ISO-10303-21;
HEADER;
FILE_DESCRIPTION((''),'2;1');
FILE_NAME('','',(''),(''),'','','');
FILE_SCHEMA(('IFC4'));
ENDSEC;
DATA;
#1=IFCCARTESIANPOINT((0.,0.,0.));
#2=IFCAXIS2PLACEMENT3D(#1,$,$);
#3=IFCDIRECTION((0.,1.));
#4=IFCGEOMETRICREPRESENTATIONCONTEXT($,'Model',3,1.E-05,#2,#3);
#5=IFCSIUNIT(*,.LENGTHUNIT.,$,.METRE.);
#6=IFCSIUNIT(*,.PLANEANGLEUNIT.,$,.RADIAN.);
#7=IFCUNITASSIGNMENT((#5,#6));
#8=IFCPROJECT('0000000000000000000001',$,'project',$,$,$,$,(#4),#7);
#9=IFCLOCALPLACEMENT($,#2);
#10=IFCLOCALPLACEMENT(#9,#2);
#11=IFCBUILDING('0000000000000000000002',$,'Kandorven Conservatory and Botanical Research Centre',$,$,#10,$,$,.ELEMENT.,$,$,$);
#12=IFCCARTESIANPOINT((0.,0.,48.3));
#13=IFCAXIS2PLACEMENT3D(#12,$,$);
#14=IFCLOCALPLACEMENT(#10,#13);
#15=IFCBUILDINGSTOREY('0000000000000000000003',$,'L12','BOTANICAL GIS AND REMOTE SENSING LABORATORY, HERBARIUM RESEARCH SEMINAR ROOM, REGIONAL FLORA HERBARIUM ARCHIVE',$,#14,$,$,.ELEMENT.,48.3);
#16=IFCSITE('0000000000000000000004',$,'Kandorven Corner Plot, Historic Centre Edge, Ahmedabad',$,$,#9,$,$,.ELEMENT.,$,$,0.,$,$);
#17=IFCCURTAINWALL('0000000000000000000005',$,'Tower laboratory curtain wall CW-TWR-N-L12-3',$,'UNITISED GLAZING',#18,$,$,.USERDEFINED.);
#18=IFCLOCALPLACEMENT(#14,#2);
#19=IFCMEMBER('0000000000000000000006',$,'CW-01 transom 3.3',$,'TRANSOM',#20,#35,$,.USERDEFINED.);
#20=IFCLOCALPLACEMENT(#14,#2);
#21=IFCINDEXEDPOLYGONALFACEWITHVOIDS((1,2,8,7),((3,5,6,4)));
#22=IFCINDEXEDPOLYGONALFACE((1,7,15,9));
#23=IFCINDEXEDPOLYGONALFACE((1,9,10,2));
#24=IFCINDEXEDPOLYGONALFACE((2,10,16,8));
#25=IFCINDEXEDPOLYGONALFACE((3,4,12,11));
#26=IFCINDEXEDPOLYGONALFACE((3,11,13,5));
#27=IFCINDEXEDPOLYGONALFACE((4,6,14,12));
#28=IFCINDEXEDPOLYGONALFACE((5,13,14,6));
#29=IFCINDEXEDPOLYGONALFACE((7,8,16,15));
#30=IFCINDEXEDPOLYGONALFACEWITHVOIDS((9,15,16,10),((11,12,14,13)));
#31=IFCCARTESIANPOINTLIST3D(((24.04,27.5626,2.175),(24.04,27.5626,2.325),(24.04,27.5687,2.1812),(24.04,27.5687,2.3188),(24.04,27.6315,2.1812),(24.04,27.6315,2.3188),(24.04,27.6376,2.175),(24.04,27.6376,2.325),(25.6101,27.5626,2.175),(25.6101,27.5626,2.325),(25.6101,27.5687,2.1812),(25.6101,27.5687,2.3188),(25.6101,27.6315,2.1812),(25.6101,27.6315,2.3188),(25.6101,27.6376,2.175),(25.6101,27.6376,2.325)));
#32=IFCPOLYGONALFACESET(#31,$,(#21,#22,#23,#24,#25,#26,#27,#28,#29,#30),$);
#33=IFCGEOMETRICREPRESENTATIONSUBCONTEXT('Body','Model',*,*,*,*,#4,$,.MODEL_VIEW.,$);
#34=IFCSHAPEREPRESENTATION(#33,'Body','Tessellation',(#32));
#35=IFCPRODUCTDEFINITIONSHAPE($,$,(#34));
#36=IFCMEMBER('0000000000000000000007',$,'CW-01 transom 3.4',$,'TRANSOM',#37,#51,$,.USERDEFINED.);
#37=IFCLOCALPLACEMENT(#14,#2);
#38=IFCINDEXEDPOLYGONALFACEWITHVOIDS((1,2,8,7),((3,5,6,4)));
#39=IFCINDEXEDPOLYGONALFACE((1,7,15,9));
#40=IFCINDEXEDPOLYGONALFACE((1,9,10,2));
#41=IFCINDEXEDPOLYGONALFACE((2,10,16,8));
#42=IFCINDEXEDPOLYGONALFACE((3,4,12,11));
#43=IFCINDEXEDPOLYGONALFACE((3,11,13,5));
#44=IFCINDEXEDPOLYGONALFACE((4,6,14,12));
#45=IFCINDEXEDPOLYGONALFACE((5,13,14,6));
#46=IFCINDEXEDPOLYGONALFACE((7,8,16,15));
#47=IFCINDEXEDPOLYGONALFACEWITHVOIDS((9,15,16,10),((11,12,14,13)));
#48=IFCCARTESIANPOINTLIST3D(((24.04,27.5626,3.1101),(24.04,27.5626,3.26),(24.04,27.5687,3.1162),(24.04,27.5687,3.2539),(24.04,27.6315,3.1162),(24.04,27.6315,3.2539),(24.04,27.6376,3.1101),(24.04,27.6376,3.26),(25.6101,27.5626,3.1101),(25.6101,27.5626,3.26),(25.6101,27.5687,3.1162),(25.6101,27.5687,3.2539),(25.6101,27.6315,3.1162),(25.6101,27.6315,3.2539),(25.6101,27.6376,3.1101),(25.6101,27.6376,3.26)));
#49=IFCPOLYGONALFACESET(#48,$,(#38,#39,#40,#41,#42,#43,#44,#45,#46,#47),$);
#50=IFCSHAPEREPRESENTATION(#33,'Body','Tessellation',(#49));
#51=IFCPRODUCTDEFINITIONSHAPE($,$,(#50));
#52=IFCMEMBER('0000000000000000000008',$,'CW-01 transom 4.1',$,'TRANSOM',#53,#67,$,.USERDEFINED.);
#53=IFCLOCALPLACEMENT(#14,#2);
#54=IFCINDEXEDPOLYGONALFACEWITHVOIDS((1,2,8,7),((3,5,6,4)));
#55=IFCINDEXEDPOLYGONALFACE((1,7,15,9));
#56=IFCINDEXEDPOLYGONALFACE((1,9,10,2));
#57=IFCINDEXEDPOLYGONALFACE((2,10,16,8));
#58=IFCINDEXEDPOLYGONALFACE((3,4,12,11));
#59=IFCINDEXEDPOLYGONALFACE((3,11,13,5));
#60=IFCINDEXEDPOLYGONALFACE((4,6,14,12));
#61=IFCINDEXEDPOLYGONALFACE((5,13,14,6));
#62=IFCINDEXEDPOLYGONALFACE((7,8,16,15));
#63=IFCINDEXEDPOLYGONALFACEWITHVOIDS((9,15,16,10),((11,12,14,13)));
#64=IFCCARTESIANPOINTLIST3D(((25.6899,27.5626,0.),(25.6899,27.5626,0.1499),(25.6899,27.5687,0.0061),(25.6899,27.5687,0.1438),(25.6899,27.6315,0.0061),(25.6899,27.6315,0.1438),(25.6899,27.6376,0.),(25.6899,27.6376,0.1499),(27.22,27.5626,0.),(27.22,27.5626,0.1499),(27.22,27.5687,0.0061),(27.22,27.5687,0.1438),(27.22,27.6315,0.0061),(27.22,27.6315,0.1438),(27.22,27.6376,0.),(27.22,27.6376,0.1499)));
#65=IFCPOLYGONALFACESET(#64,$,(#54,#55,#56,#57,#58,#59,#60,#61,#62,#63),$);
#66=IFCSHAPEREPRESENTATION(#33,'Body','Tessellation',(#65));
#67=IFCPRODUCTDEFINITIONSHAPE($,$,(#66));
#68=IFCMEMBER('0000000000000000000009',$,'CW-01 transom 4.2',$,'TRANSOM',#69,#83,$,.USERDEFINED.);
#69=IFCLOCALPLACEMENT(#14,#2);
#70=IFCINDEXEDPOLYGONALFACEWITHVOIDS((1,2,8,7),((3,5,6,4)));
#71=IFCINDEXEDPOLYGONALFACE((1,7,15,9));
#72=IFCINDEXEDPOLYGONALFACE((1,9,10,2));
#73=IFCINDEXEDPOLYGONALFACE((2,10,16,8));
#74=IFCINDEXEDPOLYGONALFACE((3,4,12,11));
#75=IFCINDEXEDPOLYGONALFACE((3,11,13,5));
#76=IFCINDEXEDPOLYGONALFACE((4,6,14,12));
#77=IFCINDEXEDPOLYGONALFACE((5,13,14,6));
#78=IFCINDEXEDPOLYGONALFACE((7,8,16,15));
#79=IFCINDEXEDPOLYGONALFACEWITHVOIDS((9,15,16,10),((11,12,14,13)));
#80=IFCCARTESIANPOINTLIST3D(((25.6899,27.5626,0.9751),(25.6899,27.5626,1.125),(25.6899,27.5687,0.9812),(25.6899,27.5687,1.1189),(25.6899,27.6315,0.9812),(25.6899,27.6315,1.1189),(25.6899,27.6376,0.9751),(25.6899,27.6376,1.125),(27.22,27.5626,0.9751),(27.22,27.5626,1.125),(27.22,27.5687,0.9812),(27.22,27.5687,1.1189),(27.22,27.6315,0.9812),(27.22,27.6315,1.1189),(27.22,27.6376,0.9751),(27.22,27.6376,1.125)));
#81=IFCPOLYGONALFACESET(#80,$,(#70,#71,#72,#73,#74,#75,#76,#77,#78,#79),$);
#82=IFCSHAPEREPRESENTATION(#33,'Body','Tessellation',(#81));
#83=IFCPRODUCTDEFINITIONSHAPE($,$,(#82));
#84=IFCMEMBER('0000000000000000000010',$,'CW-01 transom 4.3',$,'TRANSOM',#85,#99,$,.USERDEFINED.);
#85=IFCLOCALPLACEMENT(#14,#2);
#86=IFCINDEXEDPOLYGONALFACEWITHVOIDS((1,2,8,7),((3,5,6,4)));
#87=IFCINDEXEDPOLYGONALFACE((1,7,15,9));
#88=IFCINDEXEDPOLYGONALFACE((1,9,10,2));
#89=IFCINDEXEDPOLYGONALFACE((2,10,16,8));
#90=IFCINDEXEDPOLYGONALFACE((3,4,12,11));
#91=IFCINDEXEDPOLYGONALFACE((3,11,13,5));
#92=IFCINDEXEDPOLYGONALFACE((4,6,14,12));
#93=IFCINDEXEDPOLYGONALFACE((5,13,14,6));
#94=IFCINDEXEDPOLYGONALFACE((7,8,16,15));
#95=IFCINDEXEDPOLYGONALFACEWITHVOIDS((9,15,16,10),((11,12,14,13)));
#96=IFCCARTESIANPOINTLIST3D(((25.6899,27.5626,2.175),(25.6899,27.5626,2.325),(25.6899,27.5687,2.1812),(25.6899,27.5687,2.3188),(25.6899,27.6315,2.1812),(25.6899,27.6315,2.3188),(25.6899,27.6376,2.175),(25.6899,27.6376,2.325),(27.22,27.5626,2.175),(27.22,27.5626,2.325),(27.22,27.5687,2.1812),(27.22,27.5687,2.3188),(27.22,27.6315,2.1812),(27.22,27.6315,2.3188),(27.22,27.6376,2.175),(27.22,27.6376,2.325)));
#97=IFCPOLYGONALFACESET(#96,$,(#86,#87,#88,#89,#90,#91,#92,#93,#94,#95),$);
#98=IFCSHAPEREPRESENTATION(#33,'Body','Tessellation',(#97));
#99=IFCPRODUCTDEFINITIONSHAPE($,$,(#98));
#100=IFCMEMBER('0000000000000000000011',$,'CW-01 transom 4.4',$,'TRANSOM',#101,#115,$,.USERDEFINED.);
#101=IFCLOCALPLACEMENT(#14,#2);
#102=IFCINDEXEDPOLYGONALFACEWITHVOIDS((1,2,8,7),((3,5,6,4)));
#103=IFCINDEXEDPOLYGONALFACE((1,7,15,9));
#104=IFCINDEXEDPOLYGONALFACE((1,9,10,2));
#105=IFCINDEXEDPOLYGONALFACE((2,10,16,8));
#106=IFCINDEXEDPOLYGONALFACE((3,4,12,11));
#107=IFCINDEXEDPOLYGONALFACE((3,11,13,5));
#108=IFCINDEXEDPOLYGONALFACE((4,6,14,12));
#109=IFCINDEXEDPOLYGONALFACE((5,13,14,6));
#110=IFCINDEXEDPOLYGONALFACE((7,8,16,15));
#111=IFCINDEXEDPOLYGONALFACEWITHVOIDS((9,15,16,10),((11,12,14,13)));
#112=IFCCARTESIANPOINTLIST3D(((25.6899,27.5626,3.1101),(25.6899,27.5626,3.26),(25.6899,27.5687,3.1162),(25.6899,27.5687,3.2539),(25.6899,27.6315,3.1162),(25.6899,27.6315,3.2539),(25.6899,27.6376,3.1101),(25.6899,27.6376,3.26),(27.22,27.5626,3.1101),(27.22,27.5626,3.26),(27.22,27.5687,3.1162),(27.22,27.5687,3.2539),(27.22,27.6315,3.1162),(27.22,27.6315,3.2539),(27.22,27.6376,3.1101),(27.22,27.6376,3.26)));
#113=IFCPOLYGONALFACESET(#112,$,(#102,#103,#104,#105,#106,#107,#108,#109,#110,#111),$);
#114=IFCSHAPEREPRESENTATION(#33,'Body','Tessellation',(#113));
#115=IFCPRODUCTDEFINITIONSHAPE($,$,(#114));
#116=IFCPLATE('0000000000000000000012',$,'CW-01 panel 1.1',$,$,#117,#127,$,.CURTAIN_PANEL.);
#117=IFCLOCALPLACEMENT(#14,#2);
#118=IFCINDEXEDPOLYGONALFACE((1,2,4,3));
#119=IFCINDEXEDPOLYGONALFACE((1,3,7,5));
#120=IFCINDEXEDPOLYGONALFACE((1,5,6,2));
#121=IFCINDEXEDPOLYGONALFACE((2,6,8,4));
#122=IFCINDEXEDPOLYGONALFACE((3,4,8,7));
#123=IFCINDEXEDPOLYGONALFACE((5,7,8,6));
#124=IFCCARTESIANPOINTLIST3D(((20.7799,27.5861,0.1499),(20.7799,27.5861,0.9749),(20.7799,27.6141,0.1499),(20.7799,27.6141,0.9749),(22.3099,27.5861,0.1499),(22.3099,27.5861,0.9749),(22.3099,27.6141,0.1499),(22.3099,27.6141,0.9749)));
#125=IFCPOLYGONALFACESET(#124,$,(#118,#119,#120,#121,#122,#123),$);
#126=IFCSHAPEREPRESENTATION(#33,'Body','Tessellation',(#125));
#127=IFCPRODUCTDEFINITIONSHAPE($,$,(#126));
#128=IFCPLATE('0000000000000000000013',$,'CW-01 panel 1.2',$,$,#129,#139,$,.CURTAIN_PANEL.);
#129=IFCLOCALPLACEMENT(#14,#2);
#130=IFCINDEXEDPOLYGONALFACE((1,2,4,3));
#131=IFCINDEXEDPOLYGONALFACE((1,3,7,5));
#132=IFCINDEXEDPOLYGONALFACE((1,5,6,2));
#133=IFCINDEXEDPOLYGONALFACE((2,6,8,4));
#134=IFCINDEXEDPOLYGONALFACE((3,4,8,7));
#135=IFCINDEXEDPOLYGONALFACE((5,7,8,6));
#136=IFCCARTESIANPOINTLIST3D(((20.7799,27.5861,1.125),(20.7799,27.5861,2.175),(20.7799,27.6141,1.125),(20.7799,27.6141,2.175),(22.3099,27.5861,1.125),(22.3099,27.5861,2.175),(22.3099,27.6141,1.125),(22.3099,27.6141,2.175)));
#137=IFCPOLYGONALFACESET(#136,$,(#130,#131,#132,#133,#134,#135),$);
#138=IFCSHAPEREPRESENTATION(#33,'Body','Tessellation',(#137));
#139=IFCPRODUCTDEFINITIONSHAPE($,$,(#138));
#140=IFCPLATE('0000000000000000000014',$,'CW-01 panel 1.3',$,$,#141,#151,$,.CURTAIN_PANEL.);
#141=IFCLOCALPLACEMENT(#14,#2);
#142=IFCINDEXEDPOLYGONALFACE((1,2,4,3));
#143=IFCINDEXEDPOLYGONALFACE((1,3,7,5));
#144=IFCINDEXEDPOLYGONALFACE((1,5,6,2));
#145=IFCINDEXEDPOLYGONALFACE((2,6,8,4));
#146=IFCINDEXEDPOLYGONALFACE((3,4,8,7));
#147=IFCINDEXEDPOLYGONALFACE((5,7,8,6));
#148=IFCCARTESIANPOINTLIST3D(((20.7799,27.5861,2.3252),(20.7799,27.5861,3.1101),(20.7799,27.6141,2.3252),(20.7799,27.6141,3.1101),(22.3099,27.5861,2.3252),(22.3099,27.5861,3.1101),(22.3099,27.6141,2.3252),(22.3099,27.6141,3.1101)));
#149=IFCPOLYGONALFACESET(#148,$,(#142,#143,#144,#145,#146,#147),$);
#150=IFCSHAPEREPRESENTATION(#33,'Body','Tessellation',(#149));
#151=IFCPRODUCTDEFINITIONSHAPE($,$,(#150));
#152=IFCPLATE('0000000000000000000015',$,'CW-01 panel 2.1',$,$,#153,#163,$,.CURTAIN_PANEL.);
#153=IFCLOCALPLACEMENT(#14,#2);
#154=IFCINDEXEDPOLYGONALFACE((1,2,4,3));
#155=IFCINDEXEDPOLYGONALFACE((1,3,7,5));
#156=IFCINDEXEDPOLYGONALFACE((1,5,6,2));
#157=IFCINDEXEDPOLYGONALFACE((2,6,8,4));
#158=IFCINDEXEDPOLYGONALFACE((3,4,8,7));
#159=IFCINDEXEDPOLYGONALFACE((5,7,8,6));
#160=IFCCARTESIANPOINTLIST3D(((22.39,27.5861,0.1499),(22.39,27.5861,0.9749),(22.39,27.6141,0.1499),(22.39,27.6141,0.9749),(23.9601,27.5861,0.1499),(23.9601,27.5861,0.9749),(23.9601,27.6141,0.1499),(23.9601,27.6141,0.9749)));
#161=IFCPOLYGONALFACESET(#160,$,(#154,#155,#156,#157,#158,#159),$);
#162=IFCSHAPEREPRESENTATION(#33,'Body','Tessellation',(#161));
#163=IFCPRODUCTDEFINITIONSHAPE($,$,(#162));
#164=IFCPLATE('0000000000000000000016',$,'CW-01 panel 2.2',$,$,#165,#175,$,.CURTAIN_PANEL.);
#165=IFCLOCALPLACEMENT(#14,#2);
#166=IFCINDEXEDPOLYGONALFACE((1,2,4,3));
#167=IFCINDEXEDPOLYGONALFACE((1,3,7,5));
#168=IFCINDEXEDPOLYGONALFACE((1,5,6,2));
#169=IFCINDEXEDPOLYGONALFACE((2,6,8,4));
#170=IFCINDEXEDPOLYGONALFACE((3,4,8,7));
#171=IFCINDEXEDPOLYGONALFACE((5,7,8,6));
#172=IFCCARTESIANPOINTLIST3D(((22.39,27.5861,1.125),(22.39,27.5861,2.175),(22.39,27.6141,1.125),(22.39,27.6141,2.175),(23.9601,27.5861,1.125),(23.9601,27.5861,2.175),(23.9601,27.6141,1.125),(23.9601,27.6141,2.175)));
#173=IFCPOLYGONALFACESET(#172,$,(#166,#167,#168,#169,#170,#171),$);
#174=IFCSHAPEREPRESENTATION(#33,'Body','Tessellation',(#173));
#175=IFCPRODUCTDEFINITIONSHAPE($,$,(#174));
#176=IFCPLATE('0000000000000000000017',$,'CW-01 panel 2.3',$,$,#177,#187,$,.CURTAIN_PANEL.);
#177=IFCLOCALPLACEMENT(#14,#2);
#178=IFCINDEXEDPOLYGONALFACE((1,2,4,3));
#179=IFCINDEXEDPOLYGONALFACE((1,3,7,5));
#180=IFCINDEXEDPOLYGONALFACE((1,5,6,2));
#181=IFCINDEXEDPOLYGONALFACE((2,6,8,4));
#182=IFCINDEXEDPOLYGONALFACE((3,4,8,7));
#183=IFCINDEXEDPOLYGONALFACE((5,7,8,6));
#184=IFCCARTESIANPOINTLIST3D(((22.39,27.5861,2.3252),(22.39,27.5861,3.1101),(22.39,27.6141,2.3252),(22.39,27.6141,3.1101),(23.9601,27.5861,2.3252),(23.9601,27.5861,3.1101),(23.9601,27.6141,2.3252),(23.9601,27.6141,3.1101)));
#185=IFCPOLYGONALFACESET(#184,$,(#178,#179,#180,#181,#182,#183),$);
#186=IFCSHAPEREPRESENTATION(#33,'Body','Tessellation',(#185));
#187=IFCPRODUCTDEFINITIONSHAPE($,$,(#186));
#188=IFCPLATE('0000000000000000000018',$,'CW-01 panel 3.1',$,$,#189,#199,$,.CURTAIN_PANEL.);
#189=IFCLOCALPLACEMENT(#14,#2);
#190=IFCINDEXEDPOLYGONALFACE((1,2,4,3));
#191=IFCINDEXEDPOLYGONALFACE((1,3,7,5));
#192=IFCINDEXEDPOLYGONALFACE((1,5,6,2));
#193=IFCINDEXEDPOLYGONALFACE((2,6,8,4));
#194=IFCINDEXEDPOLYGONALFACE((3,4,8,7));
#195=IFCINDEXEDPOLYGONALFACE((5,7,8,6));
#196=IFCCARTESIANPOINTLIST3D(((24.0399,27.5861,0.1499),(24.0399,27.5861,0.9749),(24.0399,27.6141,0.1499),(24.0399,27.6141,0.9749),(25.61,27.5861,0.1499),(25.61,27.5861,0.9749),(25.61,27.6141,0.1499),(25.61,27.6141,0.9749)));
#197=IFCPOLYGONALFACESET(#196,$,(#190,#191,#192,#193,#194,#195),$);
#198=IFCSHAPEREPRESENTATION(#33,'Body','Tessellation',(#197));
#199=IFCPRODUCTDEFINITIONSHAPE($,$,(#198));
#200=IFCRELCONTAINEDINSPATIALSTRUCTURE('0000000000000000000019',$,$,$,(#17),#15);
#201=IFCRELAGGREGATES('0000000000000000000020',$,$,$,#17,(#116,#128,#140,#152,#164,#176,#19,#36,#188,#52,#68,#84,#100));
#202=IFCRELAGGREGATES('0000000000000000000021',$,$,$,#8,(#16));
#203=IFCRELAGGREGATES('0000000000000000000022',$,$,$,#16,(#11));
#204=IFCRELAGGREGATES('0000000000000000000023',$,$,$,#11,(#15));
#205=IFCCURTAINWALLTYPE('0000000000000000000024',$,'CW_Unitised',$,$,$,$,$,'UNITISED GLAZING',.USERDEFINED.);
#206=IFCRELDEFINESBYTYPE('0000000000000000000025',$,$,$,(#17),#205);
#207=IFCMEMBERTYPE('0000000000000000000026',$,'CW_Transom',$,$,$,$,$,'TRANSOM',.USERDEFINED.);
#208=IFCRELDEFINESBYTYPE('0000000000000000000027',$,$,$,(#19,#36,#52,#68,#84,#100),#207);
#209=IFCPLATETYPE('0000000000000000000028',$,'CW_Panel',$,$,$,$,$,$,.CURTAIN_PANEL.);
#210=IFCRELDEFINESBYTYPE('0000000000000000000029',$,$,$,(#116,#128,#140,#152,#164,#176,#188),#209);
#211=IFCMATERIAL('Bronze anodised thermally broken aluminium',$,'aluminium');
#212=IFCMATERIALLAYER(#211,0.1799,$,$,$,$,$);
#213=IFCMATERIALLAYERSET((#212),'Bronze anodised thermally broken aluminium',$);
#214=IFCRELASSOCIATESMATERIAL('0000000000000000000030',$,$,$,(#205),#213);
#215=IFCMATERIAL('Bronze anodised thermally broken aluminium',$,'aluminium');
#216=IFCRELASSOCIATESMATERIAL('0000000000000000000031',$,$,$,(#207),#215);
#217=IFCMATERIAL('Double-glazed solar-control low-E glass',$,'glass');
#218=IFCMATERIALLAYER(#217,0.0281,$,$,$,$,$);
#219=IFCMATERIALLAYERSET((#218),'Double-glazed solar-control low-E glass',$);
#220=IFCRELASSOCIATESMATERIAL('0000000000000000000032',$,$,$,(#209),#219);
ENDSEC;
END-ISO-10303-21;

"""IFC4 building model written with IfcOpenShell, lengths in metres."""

from ifc_helpers import new_model, si_unit, direction, frame, origin, origin_2d, place, context, subcontext, project, spatial, rectangle, hollow_rectangle, extrude, material, layer, layer_set, material_profile, profile_set, type_object, element, aggregate, save


model = new_model("IFC4")

# Units and contexts
model_context = context("Model", 3, precision=1e-05, world=origin(), true_north=direction((0.0, 1.0)))
body_context = subcontext(model_context, "Body", "Model", "MODEL_VIEW")
ifc_project = project(units=[si_unit("LENGTHUNIT", "METRE"), si_unit("PLANEANGLEUNIT", "RADIAN")], contexts=[model_context])

# Site, building, storey
site_placement = place(None, origin())
site = spatial("IfcSite", under=ifc_project, at=site_placement, Name="Kandorven Corner Plot, Historic Centre Edge, Ahmedabad", CompositionType="ELEMENT", RefElevation=0.0)
building_placement = place(site_placement, origin())
building = spatial("IfcBuilding", under=site, at=building_placement, Name="Kandorven Conservatory and Botanical Research Centre", CompositionType="ELEMENT")
storey_placement = place(building_placement, frame((0.0, 0.0, 48.3)))
storey = spatial("IfcBuildingStorey", under=building, at=storey_placement, Name="L12", Description="BOTANICAL GIS AND REMOTE SENSING LABORATORY, HERBARIUM RESEARCH SEMINAR ROOM, REGIONAL FLORA HERBARIUM ARCHIVE", CompositionType="ELEMENT", Elevation=48.3)

# Curtain wall, members, plates
ifc_material_1 = material(Name="Bronze anodised thermally broken aluminium", Category="aluminium")
ifc_layer_1 = layer(ifc_material_1, 0.1799)
ifc_layer_set_1 = layer_set([ifc_layer_1], Name="Bronze anodised thermally broken aluminium")
curtain_wall_type = type_object("IfcCurtainWallType", Name="CW_Unitised", ElementType="UNITISED GLAZING", PredefinedType="USERDEFINED", material=ifc_layer_set_1)
curtain_wall_placement = place(storey_placement, origin())
curtain_wall = element("IfcCurtainWall", 1, at=curtain_wall_placement, inside=storey, type_object=curtain_wall_type, Name="Tower laboratory curtain wall CW-TWR-N-L12-3", ObjectType="UNITISED GLAZING", PredefinedType="USERDEFINED")
ifc_material_2 = material(Name="Bronze anodised thermally broken aluminium", Category="aluminium")
ifc_material_profile_1 = material_profile(ifc_material_2, hollow_rectangle(XDim=0.075, YDim=0.1499, WallThickness=0.0061, at=origin_2d()))
ifc_profile_set_1 = profile_set([ifc_material_profile_1], Name="Bronze anodised thermally broken aluminium")
member_type_1 = type_object("IfcMemberType", Name="CW_Transom", ElementType="TRANSOM", PredefinedType="USERDEFINED", material=ifc_profile_set_1)
member_1_placement = place(storey_placement, frame((24.04, 27.6001, 2.25), z_axis=(1.0, 0.0, 0.0), x_axis=(0.0, 1.0, 0.0)))
member_1 = element("IfcMember", 2, at=member_1_placement, type_object=member_type_1, Name="CW-01 transom 3.3", ObjectType="TRANSOM", PredefinedType="USERDEFINED", context=body_context, shape_type="SweptSolid", body=[
    extrude(hollow_rectangle(XDim=0.075, YDim=0.1499, WallThickness=0.0061, at=origin_2d()), origin(), (0.0, 0.0, 1.0), 1.5701),
])
member_2_placement = place(storey_placement, frame((24.04, 27.6001, 3.1851), z_axis=(1.0, 0.0, 0.0), x_axis=(0.0, 1.0, 0.0)))
member_2 = element("IfcMember", 3, at=member_2_placement, type_object=member_type_1, Name="CW-01 transom 3.4", ObjectType="TRANSOM", PredefinedType="USERDEFINED", context=body_context, shape_type="SweptSolid", body=[
    extrude(hollow_rectangle(XDim=0.075, YDim=0.1499, WallThickness=0.0061, at=origin_2d()), origin(), (0.0, 0.0, 1.0), 1.5701),
])
member_3_placement = place(storey_placement, frame((25.6899, 27.6001, 0.075), z_axis=(1.0, 0.0, 0.0), x_axis=(0.0, 1.0, 0.0)))
member_3 = element("IfcMember", 4, at=member_3_placement, type_object=member_type_1, Name="CW-01 transom 4.1", ObjectType="TRANSOM", PredefinedType="USERDEFINED", context=body_context, shape_type="SweptSolid", body=[
    extrude(hollow_rectangle(XDim=0.075, YDim=0.1499, WallThickness=0.0061, at=origin_2d()), origin(), (0.0, 0.0, 1.0), 1.53),
])
member_4_placement = place(storey_placement, frame((25.6899, 27.6001, 1.05), z_axis=(1.0, 0.0, 0.0), x_axis=(0.0, 1.0, 0.0)))
member_4 = element("IfcMember", 5, at=member_4_placement, type_object=member_type_1, Name="CW-01 transom 4.2", ObjectType="TRANSOM", PredefinedType="USERDEFINED", context=body_context, shape_type="SweptSolid", body=[
    extrude(hollow_rectangle(XDim=0.075, YDim=0.1499, WallThickness=0.0061, at=origin_2d()), origin(), (0.0, 0.0, 1.0), 1.53),
])
member_5_placement = place(storey_placement, frame((25.6899, 27.6001, 2.25), z_axis=(1.0, 0.0, 0.0), x_axis=(0.0, 1.0, 0.0)))
member_5 = element("IfcMember", 6, at=member_5_placement, type_object=member_type_1, Name="CW-01 transom 4.3", ObjectType="TRANSOM", PredefinedType="USERDEFINED", context=body_context, shape_type="SweptSolid", body=[
    extrude(hollow_rectangle(XDim=0.075, YDim=0.1499, WallThickness=0.0061, at=origin_2d()), origin(), (0.0, 0.0, 1.0), 1.53),
])
member_6_placement = place(storey_placement, frame((25.6899, 27.6001, 3.1851), z_axis=(1.0, 0.0, 0.0), x_axis=(0.0, 1.0, 0.0)))
member_6 = element("IfcMember", 7, at=member_6_placement, type_object=member_type_1, Name="CW-01 transom 4.4", ObjectType="TRANSOM", PredefinedType="USERDEFINED", context=body_context, shape_type="SweptSolid", body=[
    extrude(hollow_rectangle(XDim=0.075, YDim=0.1499, WallThickness=0.0061, at=origin_2d()), origin(), (0.0, 0.0, 1.0), 1.53),
])
ifc_material_3 = material(Name="Double-glazed solar-control low-E glass", Category="glass")
ifc_layer_2 = layer(ifc_material_3, 0.0281)
ifc_layer_set_2 = layer_set([ifc_layer_2], Name="Double-glazed solar-control low-E glass")
plate_type = type_object("IfcPlateType", Name="CW_Panel", PredefinedType="CURTAIN_PANEL", material=ifc_layer_set_2)
plate_1_placement = place(storey_placement, frame((21.5449, 27.6001, 0.1499), z_axis=(0.0, 0.0, 1.0), x_axis=(1.0, 0.0, 0.0)))
plate_1 = element("IfcPlate", 8, at=plate_1_placement, type_object=plate_type, Name="CW-01 panel 1.1", PredefinedType="CURTAIN_PANEL", context=body_context, shape_type="SweptSolid", body=[
    extrude(rectangle(XDim=1.53, YDim=0.0281, at=origin_2d()), origin(), (0.0, 0.0, 1.0), 0.825),
])
plate_2_placement = place(storey_placement, frame((21.5449, 27.6001, 1.125), z_axis=(0.0, 0.0, 1.0), x_axis=(1.0, 0.0, 0.0)))
plate_2 = element("IfcPlate", 9, at=plate_2_placement, type_object=plate_type, Name="CW-01 panel 1.2", PredefinedType="CURTAIN_PANEL", context=body_context, shape_type="SweptSolid", body=[
    extrude(rectangle(XDim=1.53, YDim=0.0281, at=origin_2d()), origin(), (0.0, 0.0, 1.0), 1.05),
])
plate_3_placement = place(storey_placement, frame((21.5449, 27.6001, 2.3252), z_axis=(0.0, 0.0, 1.0), x_axis=(1.0, 0.0, 0.0)))
plate_3 = element("IfcPlate", 10, at=plate_3_placement, type_object=plate_type, Name="CW-01 panel 1.3", PredefinedType="CURTAIN_PANEL", context=body_context, shape_type="SweptSolid", body=[
    extrude(rectangle(XDim=1.53, YDim=0.0281, at=origin_2d()), origin(), (0.0, 0.0, 1.0), 0.7849),
])
plate_4_placement = place(storey_placement, frame((23.175, 27.6001, 0.1499), z_axis=(0.0, 0.0, 1.0), x_axis=(1.0, 0.0, 0.0)))
plate_4 = element("IfcPlate", 11, at=plate_4_placement, type_object=plate_type, Name="CW-01 panel 2.1", PredefinedType="CURTAIN_PANEL", context=body_context, shape_type="SweptSolid", body=[
    extrude(rectangle(XDim=1.5701, YDim=0.0281, at=origin_2d()), origin(), (0.0, 0.0, 1.0), 0.825),
])
plate_5_placement = place(storey_placement, frame((23.175, 27.6001, 1.125), z_axis=(0.0, 0.0, 1.0), x_axis=(1.0, 0.0, 0.0)))
plate_5 = element("IfcPlate", 12, at=plate_5_placement, type_object=plate_type, Name="CW-01 panel 2.2", PredefinedType="CURTAIN_PANEL", context=body_context, shape_type="SweptSolid", body=[
    extrude(rectangle(XDim=1.5701, YDim=0.0281, at=origin_2d()), origin(), (0.0, 0.0, 1.0), 1.05),
])
plate_6_placement = place(storey_placement, frame((23.175, 27.6001, 2.3252), z_axis=(0.0, 0.0, 1.0), x_axis=(1.0, 0.0, 0.0)))
plate_6 = element("IfcPlate", 13, at=plate_6_placement, type_object=plate_type, Name="CW-01 panel 2.3", PredefinedType="CURTAIN_PANEL", context=body_context, shape_type="SweptSolid", body=[
    extrude(rectangle(XDim=1.5701, YDim=0.0281, at=origin_2d()), origin(), (0.0, 0.0, 1.0), 0.7849),
])
plate_7_placement = place(storey_placement, frame((24.825, 27.6001, 0.1499), z_axis=(0.0, 0.0, 1.0), x_axis=(1.0, 0.0, 0.0)))
plate_7 = element("IfcPlate", 14, at=plate_7_placement, type_object=plate_type, Name="CW-01 panel 3.1", PredefinedType="CURTAIN_PANEL", context=body_context, shape_type="SweptSolid", body=[
    extrude(rectangle(XDim=1.5701, YDim=0.0281, at=origin_2d()), origin(), (0.0, 0.0, 1.0), 0.825),
])
aggregate(curtain_wall, [plate_1, plate_2, plate_3, plate_4, plate_5, plate_6, member_1, member_2, plate_7, member_3, member_4, member_5, member_6])

save(model, "model.ifc")
